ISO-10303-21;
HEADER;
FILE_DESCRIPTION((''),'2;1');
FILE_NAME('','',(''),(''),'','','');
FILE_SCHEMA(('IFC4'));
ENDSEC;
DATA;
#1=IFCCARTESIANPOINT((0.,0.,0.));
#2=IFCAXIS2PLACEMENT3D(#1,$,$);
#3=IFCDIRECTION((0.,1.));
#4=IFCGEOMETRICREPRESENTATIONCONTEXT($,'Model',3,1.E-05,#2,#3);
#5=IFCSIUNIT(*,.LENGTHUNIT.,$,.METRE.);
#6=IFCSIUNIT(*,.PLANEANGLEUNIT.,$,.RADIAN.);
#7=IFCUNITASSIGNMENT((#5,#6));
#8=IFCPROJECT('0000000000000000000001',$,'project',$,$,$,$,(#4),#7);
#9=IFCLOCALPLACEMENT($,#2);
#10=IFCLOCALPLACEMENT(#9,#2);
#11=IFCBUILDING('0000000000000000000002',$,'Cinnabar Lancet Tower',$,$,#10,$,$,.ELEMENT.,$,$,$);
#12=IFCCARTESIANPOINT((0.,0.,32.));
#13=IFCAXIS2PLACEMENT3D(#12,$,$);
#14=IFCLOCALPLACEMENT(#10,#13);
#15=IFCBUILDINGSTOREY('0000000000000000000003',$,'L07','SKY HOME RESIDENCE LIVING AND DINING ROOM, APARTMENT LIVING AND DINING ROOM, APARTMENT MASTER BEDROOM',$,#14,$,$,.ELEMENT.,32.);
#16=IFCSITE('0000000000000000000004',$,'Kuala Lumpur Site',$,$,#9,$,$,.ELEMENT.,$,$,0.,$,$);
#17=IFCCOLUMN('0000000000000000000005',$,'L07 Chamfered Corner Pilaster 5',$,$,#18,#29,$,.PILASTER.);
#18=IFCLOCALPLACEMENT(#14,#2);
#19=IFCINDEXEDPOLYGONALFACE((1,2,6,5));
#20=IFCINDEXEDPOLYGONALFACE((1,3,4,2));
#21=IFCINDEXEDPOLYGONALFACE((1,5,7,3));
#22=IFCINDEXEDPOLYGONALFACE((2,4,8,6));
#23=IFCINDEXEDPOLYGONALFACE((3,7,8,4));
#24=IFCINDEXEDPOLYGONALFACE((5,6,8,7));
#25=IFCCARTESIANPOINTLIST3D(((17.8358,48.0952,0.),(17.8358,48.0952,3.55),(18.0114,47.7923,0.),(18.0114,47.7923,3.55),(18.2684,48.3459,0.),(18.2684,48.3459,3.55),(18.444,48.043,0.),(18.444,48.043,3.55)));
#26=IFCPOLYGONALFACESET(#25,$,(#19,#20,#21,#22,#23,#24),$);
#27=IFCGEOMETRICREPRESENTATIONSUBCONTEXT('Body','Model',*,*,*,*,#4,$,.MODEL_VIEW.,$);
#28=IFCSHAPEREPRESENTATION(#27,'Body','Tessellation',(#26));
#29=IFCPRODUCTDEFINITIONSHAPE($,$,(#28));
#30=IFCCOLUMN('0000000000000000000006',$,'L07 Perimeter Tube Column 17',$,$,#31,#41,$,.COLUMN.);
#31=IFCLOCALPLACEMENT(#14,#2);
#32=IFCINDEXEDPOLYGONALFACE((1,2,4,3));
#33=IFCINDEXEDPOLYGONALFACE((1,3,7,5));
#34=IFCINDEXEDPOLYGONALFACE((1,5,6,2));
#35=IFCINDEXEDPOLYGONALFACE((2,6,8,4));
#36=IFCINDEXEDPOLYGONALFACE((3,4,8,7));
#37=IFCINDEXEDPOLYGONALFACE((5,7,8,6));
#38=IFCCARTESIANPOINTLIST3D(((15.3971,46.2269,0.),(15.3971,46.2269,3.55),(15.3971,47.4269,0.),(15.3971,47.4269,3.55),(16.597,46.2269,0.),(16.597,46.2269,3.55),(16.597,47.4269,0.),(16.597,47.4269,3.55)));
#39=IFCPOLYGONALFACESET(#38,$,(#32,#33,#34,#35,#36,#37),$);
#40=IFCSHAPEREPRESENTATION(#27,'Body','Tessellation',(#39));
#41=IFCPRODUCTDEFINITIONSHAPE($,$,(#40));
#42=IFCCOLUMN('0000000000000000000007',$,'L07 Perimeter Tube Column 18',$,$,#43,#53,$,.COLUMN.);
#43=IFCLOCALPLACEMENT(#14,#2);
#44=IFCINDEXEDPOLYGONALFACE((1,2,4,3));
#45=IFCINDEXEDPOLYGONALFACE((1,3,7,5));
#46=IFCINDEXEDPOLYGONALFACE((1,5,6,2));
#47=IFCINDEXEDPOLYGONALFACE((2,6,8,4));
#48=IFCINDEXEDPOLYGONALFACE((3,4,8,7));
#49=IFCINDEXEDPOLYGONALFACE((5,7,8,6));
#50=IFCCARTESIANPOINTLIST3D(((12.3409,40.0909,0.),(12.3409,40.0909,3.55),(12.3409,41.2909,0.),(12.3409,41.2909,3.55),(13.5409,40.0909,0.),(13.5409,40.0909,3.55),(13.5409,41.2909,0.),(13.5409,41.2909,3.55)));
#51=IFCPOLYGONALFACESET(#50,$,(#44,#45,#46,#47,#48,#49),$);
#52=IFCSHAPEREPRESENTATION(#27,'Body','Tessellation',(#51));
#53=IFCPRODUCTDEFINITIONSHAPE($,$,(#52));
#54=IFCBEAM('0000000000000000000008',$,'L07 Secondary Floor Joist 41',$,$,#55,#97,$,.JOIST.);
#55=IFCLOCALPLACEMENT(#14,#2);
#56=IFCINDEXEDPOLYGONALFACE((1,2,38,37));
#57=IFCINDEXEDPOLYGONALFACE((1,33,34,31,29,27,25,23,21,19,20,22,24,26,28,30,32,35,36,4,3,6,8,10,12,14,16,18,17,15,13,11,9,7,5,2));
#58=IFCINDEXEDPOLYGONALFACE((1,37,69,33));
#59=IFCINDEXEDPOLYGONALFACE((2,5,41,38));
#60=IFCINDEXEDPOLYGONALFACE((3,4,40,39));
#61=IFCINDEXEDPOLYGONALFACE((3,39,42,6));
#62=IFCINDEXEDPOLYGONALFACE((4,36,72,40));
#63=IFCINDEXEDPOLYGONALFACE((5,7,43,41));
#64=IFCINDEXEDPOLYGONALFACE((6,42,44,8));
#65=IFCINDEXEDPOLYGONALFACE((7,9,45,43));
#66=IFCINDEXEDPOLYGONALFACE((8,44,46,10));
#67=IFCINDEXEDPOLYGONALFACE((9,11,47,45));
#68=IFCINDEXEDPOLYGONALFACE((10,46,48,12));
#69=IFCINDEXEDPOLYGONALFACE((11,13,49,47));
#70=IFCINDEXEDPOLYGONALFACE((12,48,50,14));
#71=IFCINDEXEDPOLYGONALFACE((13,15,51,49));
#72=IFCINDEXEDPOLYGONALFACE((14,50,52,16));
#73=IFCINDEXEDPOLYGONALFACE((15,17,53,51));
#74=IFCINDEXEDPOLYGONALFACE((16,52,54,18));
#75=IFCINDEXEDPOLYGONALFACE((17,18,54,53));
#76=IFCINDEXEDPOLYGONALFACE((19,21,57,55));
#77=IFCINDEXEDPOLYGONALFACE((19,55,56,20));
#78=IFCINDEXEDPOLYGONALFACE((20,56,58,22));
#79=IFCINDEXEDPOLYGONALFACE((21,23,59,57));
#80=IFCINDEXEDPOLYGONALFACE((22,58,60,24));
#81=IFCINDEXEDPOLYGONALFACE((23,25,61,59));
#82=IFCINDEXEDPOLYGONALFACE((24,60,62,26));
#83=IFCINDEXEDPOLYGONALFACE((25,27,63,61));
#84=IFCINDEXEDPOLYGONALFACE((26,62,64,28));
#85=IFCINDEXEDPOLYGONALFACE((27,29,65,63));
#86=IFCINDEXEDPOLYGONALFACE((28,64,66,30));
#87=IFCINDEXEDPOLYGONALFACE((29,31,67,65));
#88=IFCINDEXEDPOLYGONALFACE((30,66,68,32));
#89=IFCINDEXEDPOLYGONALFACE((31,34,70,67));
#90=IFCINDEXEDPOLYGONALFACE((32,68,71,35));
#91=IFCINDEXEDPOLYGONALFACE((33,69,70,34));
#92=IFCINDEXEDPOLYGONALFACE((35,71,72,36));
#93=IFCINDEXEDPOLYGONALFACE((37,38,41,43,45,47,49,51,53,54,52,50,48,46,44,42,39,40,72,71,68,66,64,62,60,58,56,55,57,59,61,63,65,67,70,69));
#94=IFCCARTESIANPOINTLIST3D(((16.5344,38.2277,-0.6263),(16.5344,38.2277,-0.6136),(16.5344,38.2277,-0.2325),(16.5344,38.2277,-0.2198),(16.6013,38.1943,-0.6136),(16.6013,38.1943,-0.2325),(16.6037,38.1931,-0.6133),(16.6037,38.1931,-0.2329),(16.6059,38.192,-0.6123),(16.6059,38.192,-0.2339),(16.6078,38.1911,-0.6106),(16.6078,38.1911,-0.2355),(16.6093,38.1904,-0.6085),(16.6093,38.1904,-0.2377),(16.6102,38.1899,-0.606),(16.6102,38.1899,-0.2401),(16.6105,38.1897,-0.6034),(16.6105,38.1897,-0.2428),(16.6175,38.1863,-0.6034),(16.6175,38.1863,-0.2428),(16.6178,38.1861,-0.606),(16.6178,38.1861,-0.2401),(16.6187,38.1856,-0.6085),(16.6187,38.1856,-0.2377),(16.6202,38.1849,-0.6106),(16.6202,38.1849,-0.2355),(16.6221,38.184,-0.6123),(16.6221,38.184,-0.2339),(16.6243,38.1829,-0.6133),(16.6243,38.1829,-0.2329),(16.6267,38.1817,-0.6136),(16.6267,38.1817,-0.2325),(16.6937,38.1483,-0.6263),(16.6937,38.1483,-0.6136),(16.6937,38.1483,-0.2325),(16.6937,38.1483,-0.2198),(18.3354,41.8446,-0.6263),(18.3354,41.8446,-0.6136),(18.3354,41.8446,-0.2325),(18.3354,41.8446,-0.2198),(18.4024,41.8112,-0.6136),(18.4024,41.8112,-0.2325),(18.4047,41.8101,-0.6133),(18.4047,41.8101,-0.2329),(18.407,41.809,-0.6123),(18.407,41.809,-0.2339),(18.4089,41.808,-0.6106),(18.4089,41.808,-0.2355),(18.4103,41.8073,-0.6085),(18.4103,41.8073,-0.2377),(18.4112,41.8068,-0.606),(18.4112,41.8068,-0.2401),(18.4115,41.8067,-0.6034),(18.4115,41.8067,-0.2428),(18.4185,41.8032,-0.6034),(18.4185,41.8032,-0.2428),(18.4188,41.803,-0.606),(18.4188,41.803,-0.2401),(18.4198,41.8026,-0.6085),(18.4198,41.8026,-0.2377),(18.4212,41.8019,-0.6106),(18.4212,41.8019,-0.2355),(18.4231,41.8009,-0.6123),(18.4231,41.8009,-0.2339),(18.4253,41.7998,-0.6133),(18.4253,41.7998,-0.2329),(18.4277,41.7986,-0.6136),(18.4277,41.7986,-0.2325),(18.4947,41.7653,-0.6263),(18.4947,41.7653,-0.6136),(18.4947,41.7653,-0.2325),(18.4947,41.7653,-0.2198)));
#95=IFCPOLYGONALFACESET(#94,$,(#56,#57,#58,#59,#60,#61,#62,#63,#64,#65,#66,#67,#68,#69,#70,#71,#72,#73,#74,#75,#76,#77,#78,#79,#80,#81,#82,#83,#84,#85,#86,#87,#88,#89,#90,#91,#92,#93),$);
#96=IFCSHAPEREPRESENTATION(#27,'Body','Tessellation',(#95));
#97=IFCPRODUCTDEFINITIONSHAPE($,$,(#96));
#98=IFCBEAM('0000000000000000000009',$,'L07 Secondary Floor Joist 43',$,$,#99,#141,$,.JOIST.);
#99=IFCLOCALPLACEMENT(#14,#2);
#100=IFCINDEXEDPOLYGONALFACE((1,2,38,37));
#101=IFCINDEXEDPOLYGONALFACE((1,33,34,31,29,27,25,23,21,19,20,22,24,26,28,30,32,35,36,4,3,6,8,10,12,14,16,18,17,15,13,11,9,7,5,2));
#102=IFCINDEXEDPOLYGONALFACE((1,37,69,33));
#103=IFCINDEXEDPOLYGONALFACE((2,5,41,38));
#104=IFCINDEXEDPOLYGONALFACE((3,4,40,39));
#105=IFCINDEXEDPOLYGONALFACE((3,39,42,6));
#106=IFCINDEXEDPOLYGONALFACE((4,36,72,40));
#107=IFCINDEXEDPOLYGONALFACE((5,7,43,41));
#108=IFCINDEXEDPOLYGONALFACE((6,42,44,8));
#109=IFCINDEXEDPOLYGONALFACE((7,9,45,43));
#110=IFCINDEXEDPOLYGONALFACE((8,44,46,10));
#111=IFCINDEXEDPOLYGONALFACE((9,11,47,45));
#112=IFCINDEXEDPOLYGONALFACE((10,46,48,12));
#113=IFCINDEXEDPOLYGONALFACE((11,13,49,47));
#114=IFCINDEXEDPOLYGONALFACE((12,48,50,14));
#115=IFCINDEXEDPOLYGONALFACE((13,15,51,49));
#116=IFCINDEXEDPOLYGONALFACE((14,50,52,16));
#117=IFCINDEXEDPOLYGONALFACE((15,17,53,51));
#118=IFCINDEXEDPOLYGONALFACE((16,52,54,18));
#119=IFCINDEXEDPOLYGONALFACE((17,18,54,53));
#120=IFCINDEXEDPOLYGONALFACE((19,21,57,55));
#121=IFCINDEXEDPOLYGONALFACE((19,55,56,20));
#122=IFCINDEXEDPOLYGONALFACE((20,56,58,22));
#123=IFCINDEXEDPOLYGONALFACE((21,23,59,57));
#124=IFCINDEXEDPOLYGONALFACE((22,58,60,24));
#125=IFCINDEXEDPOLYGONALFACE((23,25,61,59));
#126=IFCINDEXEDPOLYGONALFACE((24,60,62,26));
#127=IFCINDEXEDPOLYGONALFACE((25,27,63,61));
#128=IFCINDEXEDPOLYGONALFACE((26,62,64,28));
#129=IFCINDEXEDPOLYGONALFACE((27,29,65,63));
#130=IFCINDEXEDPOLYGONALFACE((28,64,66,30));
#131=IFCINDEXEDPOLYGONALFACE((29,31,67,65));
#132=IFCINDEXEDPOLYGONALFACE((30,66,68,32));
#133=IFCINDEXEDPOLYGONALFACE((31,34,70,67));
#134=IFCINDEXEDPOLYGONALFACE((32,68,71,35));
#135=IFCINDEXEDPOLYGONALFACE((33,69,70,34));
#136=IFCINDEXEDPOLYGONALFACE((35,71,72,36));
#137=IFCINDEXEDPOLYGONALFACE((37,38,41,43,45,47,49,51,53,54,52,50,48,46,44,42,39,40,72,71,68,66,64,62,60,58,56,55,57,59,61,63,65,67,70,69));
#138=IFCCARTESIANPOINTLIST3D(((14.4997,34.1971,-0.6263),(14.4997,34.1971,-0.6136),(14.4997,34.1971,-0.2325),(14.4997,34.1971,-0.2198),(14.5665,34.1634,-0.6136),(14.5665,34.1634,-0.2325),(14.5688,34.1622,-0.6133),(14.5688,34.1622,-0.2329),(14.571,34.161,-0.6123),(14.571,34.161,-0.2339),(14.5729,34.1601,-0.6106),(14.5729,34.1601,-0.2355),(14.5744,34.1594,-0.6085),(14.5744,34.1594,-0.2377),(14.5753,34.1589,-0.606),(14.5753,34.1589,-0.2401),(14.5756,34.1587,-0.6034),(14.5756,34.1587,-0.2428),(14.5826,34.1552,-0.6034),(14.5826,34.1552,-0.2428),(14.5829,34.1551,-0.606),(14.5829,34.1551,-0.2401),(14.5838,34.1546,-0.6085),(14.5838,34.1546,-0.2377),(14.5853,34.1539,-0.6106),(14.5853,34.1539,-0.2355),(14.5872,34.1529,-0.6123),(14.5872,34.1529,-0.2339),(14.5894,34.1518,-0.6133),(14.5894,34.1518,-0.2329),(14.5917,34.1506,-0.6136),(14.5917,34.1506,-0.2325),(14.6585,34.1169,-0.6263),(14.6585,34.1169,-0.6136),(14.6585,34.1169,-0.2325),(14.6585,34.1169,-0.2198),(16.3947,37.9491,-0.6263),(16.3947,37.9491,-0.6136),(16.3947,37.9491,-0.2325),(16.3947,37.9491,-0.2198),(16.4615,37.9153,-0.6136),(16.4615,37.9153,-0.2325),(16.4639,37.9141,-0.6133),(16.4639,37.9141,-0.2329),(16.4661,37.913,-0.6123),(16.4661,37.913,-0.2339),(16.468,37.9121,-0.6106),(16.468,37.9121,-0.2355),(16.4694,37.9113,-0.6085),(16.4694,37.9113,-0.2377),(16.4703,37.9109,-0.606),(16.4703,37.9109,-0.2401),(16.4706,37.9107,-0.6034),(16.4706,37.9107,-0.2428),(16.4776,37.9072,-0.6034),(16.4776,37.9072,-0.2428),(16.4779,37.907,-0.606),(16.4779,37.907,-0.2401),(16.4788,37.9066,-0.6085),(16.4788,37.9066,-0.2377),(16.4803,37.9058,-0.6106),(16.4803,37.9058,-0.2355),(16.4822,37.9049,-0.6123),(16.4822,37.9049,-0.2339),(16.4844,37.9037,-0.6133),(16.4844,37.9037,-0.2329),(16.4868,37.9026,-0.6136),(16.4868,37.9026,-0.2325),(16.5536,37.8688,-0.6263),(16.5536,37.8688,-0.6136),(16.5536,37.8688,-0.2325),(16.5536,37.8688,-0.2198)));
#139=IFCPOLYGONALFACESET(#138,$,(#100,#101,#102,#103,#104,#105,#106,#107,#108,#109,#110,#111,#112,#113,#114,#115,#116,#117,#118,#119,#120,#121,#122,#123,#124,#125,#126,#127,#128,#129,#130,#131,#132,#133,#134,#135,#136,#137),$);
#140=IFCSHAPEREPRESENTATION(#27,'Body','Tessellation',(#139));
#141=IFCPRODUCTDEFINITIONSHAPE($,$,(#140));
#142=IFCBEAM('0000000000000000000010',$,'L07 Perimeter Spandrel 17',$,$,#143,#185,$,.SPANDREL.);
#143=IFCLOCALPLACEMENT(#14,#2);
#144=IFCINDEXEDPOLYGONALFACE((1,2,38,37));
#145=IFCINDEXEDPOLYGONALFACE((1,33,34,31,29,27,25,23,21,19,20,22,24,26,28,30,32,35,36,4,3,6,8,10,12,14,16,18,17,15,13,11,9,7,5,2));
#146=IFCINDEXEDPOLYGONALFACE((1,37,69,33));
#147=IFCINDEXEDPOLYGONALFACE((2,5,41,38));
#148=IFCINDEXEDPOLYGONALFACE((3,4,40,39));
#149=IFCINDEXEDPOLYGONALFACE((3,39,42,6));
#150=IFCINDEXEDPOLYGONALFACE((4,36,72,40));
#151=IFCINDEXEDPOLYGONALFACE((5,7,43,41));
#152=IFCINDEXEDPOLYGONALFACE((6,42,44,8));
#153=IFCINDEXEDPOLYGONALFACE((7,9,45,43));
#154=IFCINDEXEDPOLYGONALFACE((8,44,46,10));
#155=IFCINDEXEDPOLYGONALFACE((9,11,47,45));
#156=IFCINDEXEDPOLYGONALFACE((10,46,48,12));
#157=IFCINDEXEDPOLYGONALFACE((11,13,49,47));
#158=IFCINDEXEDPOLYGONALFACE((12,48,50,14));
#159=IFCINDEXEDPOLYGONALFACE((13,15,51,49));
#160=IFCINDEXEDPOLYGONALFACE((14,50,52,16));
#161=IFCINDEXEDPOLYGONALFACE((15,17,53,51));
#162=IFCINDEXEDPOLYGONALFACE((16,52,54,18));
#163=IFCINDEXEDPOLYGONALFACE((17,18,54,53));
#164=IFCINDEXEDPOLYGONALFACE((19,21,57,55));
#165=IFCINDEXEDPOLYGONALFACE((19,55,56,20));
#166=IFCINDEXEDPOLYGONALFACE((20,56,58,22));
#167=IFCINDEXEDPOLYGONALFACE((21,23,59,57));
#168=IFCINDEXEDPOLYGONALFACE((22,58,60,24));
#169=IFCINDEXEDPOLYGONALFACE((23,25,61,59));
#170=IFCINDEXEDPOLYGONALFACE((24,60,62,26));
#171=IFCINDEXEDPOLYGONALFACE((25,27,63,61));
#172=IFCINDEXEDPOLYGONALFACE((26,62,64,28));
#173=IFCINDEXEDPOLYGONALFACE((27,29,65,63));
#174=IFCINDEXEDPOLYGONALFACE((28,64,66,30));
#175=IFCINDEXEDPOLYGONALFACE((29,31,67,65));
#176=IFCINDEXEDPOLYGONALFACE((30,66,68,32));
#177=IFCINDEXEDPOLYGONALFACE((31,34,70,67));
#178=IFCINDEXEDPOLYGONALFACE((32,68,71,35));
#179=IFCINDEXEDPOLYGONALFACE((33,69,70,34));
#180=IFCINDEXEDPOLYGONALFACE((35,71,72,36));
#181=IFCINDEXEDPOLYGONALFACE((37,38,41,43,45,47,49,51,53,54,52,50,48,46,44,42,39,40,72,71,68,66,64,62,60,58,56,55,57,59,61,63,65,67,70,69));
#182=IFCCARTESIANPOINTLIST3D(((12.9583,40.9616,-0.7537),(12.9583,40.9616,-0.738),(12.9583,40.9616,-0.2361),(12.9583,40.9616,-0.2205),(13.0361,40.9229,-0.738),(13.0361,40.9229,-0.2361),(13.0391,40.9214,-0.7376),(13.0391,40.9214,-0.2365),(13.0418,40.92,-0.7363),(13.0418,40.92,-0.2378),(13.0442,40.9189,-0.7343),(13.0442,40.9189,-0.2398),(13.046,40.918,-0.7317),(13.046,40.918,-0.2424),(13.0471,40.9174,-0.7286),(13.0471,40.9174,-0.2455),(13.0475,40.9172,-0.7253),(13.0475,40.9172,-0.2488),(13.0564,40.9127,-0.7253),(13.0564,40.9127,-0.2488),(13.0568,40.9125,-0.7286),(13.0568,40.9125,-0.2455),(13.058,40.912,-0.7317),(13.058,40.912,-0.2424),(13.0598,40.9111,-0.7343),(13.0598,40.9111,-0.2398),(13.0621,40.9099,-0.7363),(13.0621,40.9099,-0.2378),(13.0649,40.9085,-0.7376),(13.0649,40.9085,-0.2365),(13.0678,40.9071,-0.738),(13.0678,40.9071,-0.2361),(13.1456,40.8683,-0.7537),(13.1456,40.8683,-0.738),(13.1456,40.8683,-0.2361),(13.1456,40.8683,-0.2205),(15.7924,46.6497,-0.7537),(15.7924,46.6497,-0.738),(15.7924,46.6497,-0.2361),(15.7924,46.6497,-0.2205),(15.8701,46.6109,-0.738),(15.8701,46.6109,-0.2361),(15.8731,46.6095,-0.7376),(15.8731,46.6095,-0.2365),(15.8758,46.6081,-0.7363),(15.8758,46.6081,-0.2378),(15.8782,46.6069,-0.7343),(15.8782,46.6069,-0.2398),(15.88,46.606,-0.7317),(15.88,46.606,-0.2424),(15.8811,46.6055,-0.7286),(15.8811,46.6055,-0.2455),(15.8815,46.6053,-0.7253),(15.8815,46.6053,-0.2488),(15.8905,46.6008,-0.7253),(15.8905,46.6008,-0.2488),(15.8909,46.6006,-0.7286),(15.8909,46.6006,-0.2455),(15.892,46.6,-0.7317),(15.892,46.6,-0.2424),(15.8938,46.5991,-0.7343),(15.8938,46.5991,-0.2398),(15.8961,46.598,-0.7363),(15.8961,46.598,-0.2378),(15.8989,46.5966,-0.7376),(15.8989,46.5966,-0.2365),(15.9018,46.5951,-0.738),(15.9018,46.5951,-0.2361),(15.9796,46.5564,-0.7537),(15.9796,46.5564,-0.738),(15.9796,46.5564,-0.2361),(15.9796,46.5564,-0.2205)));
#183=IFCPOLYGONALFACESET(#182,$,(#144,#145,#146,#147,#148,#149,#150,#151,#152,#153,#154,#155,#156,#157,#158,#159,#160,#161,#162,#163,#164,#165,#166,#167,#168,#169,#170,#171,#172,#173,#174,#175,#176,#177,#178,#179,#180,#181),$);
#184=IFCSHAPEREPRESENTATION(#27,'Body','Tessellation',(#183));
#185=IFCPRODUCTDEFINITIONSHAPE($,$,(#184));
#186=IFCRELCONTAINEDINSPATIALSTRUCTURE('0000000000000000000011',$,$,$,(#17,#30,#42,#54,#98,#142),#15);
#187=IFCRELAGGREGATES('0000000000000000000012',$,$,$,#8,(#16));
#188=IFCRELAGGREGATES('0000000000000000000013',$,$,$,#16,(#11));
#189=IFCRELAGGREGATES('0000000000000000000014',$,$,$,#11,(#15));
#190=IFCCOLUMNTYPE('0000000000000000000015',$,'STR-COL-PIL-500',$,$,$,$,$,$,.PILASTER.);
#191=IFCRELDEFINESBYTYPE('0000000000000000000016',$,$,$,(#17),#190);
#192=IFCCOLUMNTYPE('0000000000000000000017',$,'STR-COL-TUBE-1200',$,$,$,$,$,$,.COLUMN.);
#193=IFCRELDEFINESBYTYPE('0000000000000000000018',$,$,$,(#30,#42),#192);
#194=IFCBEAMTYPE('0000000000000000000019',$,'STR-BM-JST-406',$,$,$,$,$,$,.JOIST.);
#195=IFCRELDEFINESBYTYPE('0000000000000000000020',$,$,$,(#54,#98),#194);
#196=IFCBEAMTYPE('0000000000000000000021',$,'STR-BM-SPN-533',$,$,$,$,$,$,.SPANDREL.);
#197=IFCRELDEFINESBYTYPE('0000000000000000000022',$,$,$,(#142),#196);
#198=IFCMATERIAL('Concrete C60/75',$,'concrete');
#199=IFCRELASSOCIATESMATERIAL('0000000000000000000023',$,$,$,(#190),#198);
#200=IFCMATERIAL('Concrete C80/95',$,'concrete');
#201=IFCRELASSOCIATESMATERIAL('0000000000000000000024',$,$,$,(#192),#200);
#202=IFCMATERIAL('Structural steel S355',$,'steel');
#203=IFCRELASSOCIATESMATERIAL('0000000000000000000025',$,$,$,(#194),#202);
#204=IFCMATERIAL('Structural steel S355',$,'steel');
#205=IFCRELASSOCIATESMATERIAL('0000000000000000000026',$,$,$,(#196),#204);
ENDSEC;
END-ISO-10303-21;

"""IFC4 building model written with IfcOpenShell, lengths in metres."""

from ifc_helpers import new_model, si_unit, direction, frame, origin, origin_2d, place, context, subcontext, project, spatial, rectangle, i_section, extrude, material, material_profile, profile_set, type_object, element, save


model = new_model("IFC4")

# Units and contexts
model_context = context("Model", 3, precision=1e-05, world=origin(), true_north=direction((0.0, 1.0)))
body_context = subcontext(model_context, "Body", "Model", "MODEL_VIEW")
ifc_project = project(units=[si_unit("LENGTHUNIT", "METRE"), si_unit("PLANEANGLEUNIT", "RADIAN")], contexts=[model_context])

# Site, building, storey
site_placement = place(None, origin())
site = spatial("IfcSite", under=ifc_project, at=site_placement, Name="Kuala Lumpur Site", CompositionType="ELEMENT", RefElevation=0.0)
building_placement = place(site_placement, origin())
building = spatial("IfcBuilding", under=site, at=building_placement, Name="Cinnabar Lancet Tower", CompositionType="ELEMENT")
storey_placement = place(building_placement, frame((0.0, 0.0, 32.0)))
storey = spatial("IfcBuildingStorey", under=building, at=storey_placement, Name="L07", Description="SKY HOME RESIDENCE LIVING AND DINING ROOM, APARTMENT LIVING AND DINING ROOM, APARTMENT MASTER BEDROOM", CompositionType="ELEMENT", Elevation=32.0)

# Columns
ifc_material_1 = material(Name="Concrete C60/75", Category="concrete")
ifc_material_profile_1 = material_profile(ifc_material_1, rectangle(XDim=0.5, YDim=0.3501, at=origin_2d()), Name="RC-PIL 500x350")
ifc_profile_set_1 = profile_set([ifc_material_profile_1], Name="Concrete C60/75")
column_type_1 = type_object("IfcColumnType", Name="STR-COL-PIL-500", PredefinedType="PILASTER", material=ifc_profile_set_1)
column_placement = place(storey_placement, frame((18.1399, 48.0691, 0.0), z_axis=(0.0, 0.0, 1.0), x_axis=(-0.865195, -0.501435, 0.0)))
element("IfcColumn", 1, at=column_placement, inside=storey, type_object=column_type_1, Name="L07 Chamfered Corner Pilaster 5", PredefinedType="PILASTER", context=body_context, shape_type="SweptSolid", body=[
    extrude(rectangle(XDim=0.5, YDim=0.3501, at=origin_2d()), origin(), (0.0, 0.0, 1.0), 3.55),
])
ifc_material_2 = material(Name="Concrete C80/95", Category="concrete")
ifc_material_profile_2 = material_profile(ifc_material_2, rectangle(XDim=1.2, YDim=1.2, at=origin_2d()), Name="RC-COL 1200x1200")
ifc_profile_set_2 = profile_set([ifc_material_profile_2], Name="Concrete C80/95")
column_type_2 = type_object("IfcColumnType", Name="STR-COL-TUBE-1200", PredefinedType="COLUMN", material=ifc_profile_set_2)
for number, where, z_axis, x_axis, name in (
    (2, (15.9971, 46.8269, 0.0), (0.0, 0.0, 1.0), (1.0, 0.0, 0.0), "L07 Perimeter Tube Column 17"),
    (3, (12.9409, 40.6909, 0.0), (0.0, 0.0, 1.0), (1.0, 0.0, 0.0), "L07 Perimeter Tube Column 18"),
):
    element("IfcColumn", number, at=place(storey_placement, frame(where, z_axis=z_axis, x_axis=x_axis)), inside=storey, type_object=column_type_2, Name=name, PredefinedType="COLUMN", context=body_context, shape_type="SweptSolid", body=[
        extrude(rectangle(XDim=1.2, YDim=1.2, at=origin_2d()), origin(), (0.0, 0.0, 1.0), 3.55),
    ])

# Beams
ifc_material_3 = material(Name="Structural steel S355", Category="steel")
ifc_material_profile_3 = material_profile(ifc_material_3, i_section(OverallWidth=0.178, OverallDepth=0.4065, WebThickness=0.0078, FlangeThickness=0.0127, FilletRadius=0.0103, at=origin_2d()), Name="UKB 406x178x60")
ifc_profile_set_3 = profile_set([ifc_material_profile_3], Name="Structural steel S355")
beam_type_1 = type_object("IfcBeamType", Name="STR-BM-JST-406", PredefinedType="JOIST", material=ifc_profile_set_3)
beam_1_placement = place(storey_placement, frame((18.415, 41.8049, -0.4231), z_axis=(-0.445739, -0.895163, 0.0), x_axis=(0.895163, -0.445739, 0.0)))
element("IfcBeam", 4, at=beam_1_placement, inside=storey, type_object=beam_type_1, Name="L07 Secondary Floor Joist 41", PredefinedType="JOIST", context=body_context, shape_type="SweptSolid", body=[
    extrude(i_section(OverallWidth=0.178, OverallDepth=0.4065, WebThickness=0.0078, FlangeThickness=0.0127, FilletRadius=0.0103, at=origin_2d()), origin(), (0.0, 0.0, 1.0), 4.0405),
])
beam_2_placement = place(storey_placement, frame((16.4741, 37.9089, -0.4231), z_axis=(-0.450834, -0.892608, 0.0), x_axis=(0.892608, -0.450834, 0.0)))
element("IfcBeam", 5, at=beam_2_placement, inside=storey, type_object=beam_type_1, Name="L07 Secondary Floor Joist 43", PredefinedType="JOIST", context=body_context, shape_type="SweptSolid", body=[
    extrude(i_section(OverallWidth=0.178, OverallDepth=0.4065, WebThickness=0.0078, FlangeThickness=0.0127, FilletRadius=0.0103, at=origin_2d()), origin(), (0.0, 0.0, 1.0), 4.2034),
])
ifc_material_4 = material(Name="Structural steel S355", Category="steel")
ifc_material_profile_4 = material_profile(ifc_material_4, i_section(OverallWidth=0.2092, OverallDepth=0.5332, WebThickness=0.01, FlangeThickness=0.0156, FilletRadius=0.0127, at=origin_2d()), Name="UKB 533x210x92")
ifc_profile_set_4 = profile_set([ifc_material_profile_4], Name="Structural steel S355")
beam_type_2 = type_object("IfcBeamType", Name="STR-BM-SPN-533", PredefinedType="SPANDREL", material=ifc_profile_set_4)
beam_3_placement = place(storey_placement, frame((15.886, 46.603, -0.4871), z_axis=(-0.445953, -0.895056, 0.0), x_axis=(0.895056, -0.445953, 0.0)))
element("IfcBeam", 6, at=beam_3_placement, inside=storey, type_object=beam_type_2, Name="L07 Perimeter Spandrel 17", PredefinedType="SPANDREL", context=body_context, shape_type="SweptSolid", body=[
    extrude(i_section(OverallWidth=0.2092, OverallDepth=0.5332, WebThickness=0.01, FlangeThickness=0.0156, FilletRadius=0.0127, at=origin_2d()), origin(), (0.0, 0.0, 1.0), 6.355),
])

save(model, "model.ifc")
